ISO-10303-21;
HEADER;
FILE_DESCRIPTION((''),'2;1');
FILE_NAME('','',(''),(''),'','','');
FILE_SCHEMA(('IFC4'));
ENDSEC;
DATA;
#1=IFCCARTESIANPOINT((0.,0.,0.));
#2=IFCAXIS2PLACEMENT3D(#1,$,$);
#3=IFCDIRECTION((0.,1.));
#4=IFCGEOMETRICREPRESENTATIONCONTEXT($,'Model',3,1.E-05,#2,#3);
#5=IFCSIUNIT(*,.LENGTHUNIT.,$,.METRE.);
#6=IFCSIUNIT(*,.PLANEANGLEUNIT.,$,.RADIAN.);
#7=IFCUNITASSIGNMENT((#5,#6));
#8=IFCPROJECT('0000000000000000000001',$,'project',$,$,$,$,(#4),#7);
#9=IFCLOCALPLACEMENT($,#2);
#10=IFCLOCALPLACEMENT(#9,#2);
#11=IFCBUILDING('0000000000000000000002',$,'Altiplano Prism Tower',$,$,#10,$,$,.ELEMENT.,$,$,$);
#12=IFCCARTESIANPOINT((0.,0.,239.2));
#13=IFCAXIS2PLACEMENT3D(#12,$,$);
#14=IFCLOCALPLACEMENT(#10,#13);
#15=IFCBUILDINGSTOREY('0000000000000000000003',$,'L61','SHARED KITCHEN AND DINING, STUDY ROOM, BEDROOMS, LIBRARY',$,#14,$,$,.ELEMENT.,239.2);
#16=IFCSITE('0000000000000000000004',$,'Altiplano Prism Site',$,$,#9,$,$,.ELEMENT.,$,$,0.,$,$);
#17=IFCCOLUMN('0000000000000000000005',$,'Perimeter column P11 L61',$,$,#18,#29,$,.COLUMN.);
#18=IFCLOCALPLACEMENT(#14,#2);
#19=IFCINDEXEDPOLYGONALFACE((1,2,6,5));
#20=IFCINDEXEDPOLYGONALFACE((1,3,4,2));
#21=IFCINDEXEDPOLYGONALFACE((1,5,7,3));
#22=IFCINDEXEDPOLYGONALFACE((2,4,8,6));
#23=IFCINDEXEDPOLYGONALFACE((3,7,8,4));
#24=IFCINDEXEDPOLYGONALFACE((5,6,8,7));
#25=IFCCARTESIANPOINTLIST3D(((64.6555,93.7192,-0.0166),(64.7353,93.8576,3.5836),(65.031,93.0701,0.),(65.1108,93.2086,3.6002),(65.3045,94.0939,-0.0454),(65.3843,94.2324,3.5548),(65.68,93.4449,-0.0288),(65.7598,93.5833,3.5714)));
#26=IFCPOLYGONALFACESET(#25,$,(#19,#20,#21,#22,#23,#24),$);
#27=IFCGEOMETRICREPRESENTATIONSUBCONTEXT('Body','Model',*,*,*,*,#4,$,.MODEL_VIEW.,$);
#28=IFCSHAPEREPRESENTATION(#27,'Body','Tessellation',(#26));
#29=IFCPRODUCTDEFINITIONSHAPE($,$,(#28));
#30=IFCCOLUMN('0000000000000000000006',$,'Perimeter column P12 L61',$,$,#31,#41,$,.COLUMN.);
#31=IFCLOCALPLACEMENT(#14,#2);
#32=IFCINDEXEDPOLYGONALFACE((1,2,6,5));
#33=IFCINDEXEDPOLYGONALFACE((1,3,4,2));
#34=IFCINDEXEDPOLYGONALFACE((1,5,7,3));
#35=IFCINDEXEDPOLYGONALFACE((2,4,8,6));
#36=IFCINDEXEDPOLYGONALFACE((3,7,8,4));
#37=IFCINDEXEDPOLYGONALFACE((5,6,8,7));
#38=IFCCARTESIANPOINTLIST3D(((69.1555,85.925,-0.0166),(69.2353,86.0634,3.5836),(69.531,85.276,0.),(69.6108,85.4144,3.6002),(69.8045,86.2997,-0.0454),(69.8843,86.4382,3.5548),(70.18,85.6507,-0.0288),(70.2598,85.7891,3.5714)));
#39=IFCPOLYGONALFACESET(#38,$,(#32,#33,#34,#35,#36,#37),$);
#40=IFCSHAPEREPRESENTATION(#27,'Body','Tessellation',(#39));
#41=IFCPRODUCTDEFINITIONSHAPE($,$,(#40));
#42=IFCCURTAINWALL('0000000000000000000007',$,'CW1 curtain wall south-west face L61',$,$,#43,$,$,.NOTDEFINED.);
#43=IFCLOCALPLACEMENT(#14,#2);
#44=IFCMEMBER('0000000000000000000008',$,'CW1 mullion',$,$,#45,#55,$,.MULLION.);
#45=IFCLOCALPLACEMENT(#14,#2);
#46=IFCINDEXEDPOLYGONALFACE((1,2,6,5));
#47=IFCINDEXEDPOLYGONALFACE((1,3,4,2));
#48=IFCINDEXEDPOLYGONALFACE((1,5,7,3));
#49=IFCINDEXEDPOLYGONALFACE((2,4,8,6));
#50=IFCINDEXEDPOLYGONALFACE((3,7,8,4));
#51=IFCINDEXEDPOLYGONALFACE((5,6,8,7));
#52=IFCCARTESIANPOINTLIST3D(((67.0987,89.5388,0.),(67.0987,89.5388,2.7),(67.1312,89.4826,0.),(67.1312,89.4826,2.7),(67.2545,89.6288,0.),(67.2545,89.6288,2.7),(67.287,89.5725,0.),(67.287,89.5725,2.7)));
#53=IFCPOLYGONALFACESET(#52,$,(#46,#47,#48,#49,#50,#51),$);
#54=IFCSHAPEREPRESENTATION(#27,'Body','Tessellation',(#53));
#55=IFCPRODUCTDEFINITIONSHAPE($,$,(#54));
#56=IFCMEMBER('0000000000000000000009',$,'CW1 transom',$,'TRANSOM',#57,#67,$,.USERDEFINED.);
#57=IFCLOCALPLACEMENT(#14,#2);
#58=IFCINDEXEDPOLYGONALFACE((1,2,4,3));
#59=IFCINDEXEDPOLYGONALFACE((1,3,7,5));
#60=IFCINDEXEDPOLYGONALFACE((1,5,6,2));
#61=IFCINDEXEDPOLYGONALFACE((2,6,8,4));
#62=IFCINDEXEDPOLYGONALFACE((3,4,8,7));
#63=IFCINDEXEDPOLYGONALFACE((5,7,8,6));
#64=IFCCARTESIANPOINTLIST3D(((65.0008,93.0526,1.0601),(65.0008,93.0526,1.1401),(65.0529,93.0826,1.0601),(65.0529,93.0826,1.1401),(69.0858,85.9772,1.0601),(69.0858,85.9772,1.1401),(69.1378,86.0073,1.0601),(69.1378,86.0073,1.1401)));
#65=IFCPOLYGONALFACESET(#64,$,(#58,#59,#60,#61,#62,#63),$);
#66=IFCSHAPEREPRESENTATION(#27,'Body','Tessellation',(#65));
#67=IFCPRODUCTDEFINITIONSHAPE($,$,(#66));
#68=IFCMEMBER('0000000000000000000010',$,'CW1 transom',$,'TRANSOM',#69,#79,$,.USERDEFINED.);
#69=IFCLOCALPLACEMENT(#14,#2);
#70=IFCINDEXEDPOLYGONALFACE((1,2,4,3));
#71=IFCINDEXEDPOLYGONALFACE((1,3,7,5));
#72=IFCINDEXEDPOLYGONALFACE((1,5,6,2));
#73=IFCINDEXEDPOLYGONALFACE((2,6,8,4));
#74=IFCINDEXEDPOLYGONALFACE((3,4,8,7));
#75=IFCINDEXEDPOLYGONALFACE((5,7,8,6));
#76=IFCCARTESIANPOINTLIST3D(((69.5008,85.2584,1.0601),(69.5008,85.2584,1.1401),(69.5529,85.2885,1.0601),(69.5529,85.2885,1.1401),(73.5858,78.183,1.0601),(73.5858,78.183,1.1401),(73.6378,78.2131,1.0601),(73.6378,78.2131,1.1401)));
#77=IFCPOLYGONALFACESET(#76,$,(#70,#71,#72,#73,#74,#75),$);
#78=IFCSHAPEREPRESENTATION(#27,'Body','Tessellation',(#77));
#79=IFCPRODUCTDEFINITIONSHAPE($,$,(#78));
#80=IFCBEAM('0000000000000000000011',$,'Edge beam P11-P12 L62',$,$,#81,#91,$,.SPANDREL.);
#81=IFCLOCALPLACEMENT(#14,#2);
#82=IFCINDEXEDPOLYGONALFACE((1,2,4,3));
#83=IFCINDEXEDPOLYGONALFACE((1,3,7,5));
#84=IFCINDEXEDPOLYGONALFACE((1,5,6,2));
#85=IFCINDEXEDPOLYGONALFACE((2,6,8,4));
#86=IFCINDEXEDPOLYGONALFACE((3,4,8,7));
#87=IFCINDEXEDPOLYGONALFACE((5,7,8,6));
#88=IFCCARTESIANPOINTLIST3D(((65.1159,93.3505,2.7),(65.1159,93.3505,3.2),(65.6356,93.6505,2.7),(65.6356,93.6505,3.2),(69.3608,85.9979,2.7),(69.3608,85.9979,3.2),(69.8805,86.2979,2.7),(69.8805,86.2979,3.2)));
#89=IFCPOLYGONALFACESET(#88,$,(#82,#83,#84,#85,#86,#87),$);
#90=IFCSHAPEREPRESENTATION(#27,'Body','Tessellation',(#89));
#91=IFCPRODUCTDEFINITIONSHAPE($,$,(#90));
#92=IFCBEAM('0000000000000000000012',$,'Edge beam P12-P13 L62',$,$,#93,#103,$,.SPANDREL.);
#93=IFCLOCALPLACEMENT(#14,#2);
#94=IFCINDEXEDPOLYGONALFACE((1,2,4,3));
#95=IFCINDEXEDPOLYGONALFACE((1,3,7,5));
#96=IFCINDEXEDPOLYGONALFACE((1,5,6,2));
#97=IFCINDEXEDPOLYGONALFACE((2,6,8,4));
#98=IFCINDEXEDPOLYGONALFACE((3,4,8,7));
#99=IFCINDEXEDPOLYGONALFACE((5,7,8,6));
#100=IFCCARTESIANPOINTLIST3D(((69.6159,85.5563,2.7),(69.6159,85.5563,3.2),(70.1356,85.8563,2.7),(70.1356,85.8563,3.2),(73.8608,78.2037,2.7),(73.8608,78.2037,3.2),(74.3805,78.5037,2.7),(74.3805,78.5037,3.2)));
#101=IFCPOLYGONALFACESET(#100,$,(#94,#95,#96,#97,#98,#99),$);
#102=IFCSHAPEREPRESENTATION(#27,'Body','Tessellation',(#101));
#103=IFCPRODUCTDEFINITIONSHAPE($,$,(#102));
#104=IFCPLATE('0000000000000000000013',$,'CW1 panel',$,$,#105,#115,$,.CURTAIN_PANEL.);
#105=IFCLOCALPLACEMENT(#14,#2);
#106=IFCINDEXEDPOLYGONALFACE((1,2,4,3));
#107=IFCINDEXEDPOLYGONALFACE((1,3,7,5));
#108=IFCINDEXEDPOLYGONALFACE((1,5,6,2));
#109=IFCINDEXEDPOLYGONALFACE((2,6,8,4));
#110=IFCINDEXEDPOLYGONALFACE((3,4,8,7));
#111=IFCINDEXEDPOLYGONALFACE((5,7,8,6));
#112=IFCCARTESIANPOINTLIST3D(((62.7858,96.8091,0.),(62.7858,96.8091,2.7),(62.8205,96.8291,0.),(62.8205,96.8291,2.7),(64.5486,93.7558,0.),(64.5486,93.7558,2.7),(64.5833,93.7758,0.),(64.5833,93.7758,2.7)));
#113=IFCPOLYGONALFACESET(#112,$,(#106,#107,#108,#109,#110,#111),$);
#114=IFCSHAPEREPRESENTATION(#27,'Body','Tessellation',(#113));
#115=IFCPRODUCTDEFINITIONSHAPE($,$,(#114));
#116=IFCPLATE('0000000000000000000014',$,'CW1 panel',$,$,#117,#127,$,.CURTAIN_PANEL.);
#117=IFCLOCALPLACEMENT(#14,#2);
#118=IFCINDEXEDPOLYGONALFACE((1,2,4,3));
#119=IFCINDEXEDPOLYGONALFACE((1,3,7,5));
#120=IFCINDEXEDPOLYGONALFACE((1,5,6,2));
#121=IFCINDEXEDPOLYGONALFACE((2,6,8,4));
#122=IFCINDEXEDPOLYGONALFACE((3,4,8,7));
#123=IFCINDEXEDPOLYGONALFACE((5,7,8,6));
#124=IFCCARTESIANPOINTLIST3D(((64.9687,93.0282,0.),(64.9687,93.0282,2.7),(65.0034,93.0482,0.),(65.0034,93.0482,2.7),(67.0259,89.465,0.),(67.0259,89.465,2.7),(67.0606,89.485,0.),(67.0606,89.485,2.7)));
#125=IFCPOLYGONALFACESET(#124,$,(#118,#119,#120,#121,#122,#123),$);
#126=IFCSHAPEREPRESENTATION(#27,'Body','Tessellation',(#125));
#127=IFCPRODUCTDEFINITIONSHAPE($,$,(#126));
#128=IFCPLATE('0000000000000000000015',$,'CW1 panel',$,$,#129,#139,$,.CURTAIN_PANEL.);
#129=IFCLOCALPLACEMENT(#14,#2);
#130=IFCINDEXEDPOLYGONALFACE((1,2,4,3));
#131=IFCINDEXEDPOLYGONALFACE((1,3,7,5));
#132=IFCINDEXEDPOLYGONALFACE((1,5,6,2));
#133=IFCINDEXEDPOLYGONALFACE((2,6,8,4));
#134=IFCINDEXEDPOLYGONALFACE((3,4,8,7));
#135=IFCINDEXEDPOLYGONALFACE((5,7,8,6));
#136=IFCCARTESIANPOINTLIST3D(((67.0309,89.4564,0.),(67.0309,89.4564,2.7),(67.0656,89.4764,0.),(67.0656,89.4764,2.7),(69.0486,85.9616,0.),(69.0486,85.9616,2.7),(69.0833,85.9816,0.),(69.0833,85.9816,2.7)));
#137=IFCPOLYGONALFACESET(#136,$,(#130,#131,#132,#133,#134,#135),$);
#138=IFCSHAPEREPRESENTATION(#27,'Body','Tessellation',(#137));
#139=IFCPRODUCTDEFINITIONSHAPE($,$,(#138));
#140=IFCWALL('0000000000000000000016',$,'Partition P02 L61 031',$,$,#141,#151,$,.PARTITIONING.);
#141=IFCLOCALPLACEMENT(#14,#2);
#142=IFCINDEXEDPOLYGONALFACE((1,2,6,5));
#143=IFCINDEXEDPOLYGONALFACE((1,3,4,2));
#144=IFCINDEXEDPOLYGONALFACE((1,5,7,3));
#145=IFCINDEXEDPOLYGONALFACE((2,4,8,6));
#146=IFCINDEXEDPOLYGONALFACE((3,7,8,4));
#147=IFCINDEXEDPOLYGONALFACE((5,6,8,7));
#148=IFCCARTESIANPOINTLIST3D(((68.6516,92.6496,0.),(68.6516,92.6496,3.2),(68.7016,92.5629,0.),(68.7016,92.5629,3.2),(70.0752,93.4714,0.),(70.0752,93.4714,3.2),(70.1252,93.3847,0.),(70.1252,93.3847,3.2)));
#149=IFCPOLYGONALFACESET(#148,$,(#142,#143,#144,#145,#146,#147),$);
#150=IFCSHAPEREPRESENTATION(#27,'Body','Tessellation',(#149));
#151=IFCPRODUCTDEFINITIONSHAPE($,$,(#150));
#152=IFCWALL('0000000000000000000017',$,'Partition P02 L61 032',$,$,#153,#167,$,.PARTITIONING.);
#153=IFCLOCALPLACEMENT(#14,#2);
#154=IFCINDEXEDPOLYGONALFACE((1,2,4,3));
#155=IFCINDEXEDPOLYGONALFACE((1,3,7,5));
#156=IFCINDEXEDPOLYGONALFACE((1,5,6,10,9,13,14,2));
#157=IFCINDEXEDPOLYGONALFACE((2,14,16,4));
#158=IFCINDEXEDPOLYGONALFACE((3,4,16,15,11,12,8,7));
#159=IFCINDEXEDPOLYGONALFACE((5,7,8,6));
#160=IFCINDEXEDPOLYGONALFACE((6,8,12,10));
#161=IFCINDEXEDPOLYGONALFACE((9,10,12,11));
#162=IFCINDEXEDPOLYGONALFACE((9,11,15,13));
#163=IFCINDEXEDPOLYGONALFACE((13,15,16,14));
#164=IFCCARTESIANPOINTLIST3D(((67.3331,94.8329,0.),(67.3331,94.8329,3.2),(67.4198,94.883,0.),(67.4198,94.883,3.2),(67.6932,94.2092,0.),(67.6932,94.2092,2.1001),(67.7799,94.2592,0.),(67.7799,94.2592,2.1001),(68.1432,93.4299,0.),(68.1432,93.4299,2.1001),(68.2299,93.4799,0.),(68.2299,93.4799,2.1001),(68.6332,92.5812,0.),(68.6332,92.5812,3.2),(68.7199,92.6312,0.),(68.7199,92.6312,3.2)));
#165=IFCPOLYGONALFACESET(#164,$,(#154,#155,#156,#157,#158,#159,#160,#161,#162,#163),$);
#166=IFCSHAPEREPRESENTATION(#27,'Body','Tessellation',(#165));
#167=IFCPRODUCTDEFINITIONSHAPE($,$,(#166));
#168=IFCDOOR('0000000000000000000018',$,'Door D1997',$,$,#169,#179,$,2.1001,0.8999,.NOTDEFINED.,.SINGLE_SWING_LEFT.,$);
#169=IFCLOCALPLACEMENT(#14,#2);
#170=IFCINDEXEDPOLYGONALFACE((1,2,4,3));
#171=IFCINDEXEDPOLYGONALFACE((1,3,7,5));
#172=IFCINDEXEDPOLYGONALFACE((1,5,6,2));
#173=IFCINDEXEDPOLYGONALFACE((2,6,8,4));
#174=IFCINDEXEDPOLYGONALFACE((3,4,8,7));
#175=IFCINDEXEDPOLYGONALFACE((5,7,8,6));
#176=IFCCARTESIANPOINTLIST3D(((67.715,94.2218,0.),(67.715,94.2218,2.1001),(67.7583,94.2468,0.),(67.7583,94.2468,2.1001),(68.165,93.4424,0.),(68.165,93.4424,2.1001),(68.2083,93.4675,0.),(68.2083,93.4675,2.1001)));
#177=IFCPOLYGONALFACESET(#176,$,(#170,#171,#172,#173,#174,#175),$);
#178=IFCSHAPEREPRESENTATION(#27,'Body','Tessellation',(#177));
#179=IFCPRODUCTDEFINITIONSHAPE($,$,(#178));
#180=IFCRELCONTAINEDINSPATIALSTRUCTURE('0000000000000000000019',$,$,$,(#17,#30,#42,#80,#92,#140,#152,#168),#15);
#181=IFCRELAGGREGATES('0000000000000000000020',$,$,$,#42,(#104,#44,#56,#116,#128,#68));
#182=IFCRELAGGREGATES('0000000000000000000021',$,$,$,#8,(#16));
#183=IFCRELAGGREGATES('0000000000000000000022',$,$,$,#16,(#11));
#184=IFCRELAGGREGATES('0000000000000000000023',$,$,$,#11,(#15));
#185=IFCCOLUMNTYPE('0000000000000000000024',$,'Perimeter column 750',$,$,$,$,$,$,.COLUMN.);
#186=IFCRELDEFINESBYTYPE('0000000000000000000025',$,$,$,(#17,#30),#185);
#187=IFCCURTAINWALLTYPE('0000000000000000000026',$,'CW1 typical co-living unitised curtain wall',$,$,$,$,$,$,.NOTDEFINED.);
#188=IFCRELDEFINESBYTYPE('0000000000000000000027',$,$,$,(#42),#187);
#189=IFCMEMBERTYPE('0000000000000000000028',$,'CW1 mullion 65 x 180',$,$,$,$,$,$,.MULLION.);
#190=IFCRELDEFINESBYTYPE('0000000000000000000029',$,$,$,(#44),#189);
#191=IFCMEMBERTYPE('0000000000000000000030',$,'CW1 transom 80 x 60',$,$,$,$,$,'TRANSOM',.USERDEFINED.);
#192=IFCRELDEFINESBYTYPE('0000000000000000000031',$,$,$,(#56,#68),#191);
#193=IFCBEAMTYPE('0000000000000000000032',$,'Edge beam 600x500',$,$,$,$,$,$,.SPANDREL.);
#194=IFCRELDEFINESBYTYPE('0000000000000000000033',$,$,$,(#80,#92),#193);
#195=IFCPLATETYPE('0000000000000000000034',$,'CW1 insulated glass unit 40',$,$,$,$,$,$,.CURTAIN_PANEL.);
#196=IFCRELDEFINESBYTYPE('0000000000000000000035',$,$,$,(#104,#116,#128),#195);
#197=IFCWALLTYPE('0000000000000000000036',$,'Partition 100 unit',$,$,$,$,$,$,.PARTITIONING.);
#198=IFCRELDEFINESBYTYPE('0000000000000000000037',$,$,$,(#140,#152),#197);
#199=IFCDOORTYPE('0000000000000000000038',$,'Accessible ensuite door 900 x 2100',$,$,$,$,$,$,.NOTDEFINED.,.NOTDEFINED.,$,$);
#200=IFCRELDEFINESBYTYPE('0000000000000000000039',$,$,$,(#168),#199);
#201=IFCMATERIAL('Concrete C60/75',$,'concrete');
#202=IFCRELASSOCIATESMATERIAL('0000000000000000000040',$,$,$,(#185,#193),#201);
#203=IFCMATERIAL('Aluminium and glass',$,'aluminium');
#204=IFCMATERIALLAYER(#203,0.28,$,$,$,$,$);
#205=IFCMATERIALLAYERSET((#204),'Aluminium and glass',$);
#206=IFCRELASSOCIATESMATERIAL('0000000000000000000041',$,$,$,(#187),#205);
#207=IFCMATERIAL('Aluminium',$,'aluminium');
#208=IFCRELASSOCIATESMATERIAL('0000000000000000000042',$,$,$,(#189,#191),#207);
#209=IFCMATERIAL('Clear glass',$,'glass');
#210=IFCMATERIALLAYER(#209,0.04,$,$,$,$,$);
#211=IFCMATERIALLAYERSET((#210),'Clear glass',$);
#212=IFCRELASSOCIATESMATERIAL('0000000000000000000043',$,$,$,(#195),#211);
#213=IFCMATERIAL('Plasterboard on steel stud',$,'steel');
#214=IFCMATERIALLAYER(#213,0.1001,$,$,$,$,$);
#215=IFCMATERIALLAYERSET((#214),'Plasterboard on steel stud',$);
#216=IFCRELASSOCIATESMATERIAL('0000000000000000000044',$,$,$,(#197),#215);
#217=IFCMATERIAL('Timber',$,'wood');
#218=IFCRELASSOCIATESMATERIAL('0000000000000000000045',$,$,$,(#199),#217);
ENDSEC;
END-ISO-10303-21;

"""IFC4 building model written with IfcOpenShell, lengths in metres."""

from ifc_helpers import new_model, si_unit, direction, frame, frame_2d, origin, origin_2d, place, context, subcontext, project, spatial, rectangle, extrude, material, layer, layer_set, material_profile, profile_set, type_object, element, fill, aggregate, save


model = new_model("IFC4")

# Units and contexts
model_context = context("Model", 3, precision=1e-05, world=origin(), true_north=direction((0.0, 1.0)))
body_context = subcontext(model_context, "Body", "Model", "MODEL_VIEW")
ifc_project = project(units=[si_unit("LENGTHUNIT", "METRE"), si_unit("PLANEANGLEUNIT", "RADIAN")], contexts=[model_context])

# Site, building, storey
site_placement = place(None, origin())
site = spatial("IfcSite", under=ifc_project, at=site_placement, Name="Altiplano Prism Site", CompositionType="ELEMENT", RefElevation=0.0)
building_placement = place(site_placement, origin())
building = spatial("IfcBuilding", under=site, at=building_placement, Name="Altiplano Prism Tower", CompositionType="ELEMENT")
storey_placement = place(building_placement, frame((0.0, 0.0, 239.2)))
storey = spatial("IfcBuildingStorey", under=building, at=storey_placement, Name="L61", Description="SHARED KITCHEN AND DINING, STUDY ROOM, BEDROOMS, LIBRARY", CompositionType="ELEMENT", Elevation=239.2)

# Columns
ifc_material_1 = material(Name="Concrete C60/75", Category="concrete")
ifc_material_profile_1 = material_profile(ifc_material_1, rectangle(XDim=0.75, YDim=0.75, at=origin_2d()), Name="Perimeter column 750")
ifc_profile_set_1 = profile_set([ifc_material_profile_1], Name="Concrete C60/75")
column_type = type_object("IfcColumnType", Name="Perimeter column 750", PredefinedType="COLUMN", material=ifc_profile_set_1)
for number, where, z_axis, x_axis, name in (
    (1, (65.1677, 93.582, -0.0227), (0.022154, 0.038413, 0.999016), (-0.865366, -0.499666, 0.038403), "Perimeter column P11 L61"),
    (2, (69.6677, 85.7878, -0.0227), (0.022154, 0.038413, 0.999016), (-0.865366, -0.499666, 0.038403), "Perimeter column P12 L61"),
):
    element("IfcColumn", number, at=place(storey_placement, frame(where, z_axis=z_axis, x_axis=x_axis)), inside=storey, type_object=column_type, Name=name, PredefinedType="COLUMN", context=body_context, shape_type="SweptSolid", body=[
        extrude(rectangle(XDim=0.75, YDim=0.75, at=origin_2d()), origin(), (0.0, 0.0, 1.0), 3.6038),
    ])

# Curtain wall, members
ifc_material_2 = material(Name="Aluminium and glass", Category="aluminium")
ifc_layer_1 = layer(ifc_material_2, 0.28)
ifc_layer_set_1 = layer_set([ifc_layer_1], Name="Aluminium and glass")
curtain_wall_type = type_object("IfcCurtainWallType", Name="CW1 typical co-living unitised curtain wall", PredefinedType="NOTDEFINED", material=ifc_layer_set_1)
curtain_wall_placement = place(storey_placement, origin())
curtain_wall = element("IfcCurtainWall", 3, at=curtain_wall_placement, inside=storey, type_object=curtain_wall_type, Name="CW1 curtain wall south-west face L61", PredefinedType="NOTDEFINED")
ifc_material_3 = material(Name="Aluminium", Category="aluminium")
ifc_material_profile_2 = material_profile(ifc_material_3, rectangle(XDim=0.1799, YDim=0.0649, at=origin_2d()), Name="CW1 mullion 65 x 180")
ifc_profile_set_2 = profile_set([ifc_material_profile_2], Name="Aluminium")
member_type_1 = type_object("IfcMemberType", Name="CW1 mullion 65 x 180", PredefinedType="MULLION", material=ifc_profile_set_2)
member_1_placement = place(storey_placement, frame((67.1929, 89.5557, 0.0), z_axis=(0.0, 0.0, 1.0), x_axis=(0.866025, 0.5, 0.0)))
member_1 = element("IfcMember", 4, at=member_1_placement, type_object=member_type_1, Name="CW1 mullion", PredefinedType="MULLION", context=body_context, shape_type="SweptSolid", body=[
    extrude(rectangle(XDim=0.1799, YDim=0.0649, at=origin_2d()), origin(), (0.0, 0.0, 1.0), 2.7),
])
ifc_material_profile_3 = material_profile(ifc_material_3, rectangle(XDim=0.0601, YDim=0.0801, at=origin_2d()), Name="CW1 transom 80 x 60")
ifc_profile_set_3 = profile_set([ifc_material_profile_3], Name="Aluminium")
member_type_2 = type_object("IfcMemberType", Name="CW1 transom 80 x 60", ElementType="TRANSOM", PredefinedType="USERDEFINED", material=ifc_profile_set_3)
member_2_placement = place(storey_placement, frame((65.0269, 93.0676, 1.1001), z_axis=(0.499996, -0.866028, 0.0), x_axis=(0.866028, 0.499996, 0.0)))
member_2 = element("IfcMember", 5, at=member_2_placement, type_object=member_type_2, Name="CW1 transom", ObjectType="TRANSOM", PredefinedType="USERDEFINED", context=body_context, shape_type="SweptSolid", body=[
    extrude(rectangle(XDim=0.0601, YDim=0.0801, at=origin_2d()), origin(), (0.0, 0.0, 1.0), 8.1699),
])
member_3_placement = place(storey_placement, frame((69.5269, 85.2734, 1.1001), z_axis=(0.499996, -0.866028, 0.0), x_axis=(0.866028, 0.499996, 0.0)))
member_3 = element("IfcMember", 6, at=member_3_placement, type_object=member_type_2, Name="CW1 transom", ObjectType="TRANSOM", PredefinedType="USERDEFINED", context=body_context, shape_type="SweptSolid", body=[
    extrude(rectangle(XDim=0.0601, YDim=0.0801, at=origin_2d()), origin(), (0.0, 0.0, 1.0), 8.1699),
])

# Beams
ifc_material_profile_4 = material_profile(ifc_material_1, rectangle(XDim=0.6001, YDim=0.5, at=origin_2d()), Name="Edge beam 600x500")
ifc_profile_set_4 = profile_set([ifc_material_profile_4], Name="Concrete C60/75")
beam_type = type_object("IfcBeamType", Name="Edge beam 600x500", PredefinedType="SPANDREL", material=ifc_profile_set_4)
for number, where, z_axis, x_axis, name in (
    (7, (65.3757, 93.5005, 2.95), (0.49999, -0.866031, 0.0), (0.866031, 0.49999, 0.0), "Edge beam P11-P12 L62"),
    (8, (69.8757, 85.7063, 2.95), (0.49999, -0.866031, 0.0), (0.866031, 0.49999, 0.0), "Edge beam P12-P13 L62"),
):
    element("IfcBeam", number, at=place(storey_placement, frame(where, z_axis=z_axis, x_axis=x_axis)), inside=storey, type_object=beam_type, Name=name, PredefinedType="SPANDREL", context=body_context, shape_type="SweptSolid", body=[
        extrude(rectangle(XDim=0.6001, YDim=0.5, at=origin_2d()), origin(), (0.0, 0.0, 1.0), 8.49),
    ])

# Plates
ifc_material_4 = material(Name="Clear glass", Category="glass")
ifc_layer_2 = layer(ifc_material_4, 0.04)
ifc_layer_set_2 = layer_set([ifc_layer_2], Name="Clear glass")
plate_type = type_object("IfcPlateType", Name="CW1 insulated glass unit 40", PredefinedType="CURTAIN_PANEL", material=ifc_layer_set_2)
plate_1_placement = place(storey_placement, frame((63.6846, 95.2925, 0.0), z_axis=(0.0, 0.0, 1.0), x_axis=(0.5, -0.866025, 0.0)))
plate_1 = element("IfcPlate", 9, at=plate_1_placement, type_object=plate_type, Name="CW1 panel", PredefinedType="CURTAIN_PANEL", context=body_context, shape_type="SweptSolid", body=[
    extrude(rectangle(XDim=3.5256, YDim=0.04, at=origin_2d()), origin(), (0.0, 0.0, 1.0), 2.7),
])
plate_2_placement = place(storey_placement, frame((66.0146, 91.2566, 0.0), z_axis=(0.0, 0.0, 1.0), x_axis=(0.5, -0.866025, 0.0)))
plate_2 = element("IfcPlate", 10, at=plate_2_placement, type_object=plate_type, Name="CW1 panel", PredefinedType="CURTAIN_PANEL", context=body_context, shape_type="SweptSolid", body=[
    extrude(rectangle(XDim=4.1145, YDim=0.04, at=origin_2d()), origin(), (0.0, 0.0, 1.0), 2.7),
])
plate_3_placement = place(storey_placement, frame((68.0571, 87.719, 0.0), z_axis=(0.0, 0.0, 1.0), x_axis=(0.5, -0.866025, 0.0)))
plate_3 = element("IfcPlate", 11, at=plate_3_placement, type_object=plate_type, Name="CW1 panel", PredefinedType="CURTAIN_PANEL", context=body_context, shape_type="SweptSolid", body=[
    extrude(rectangle(XDim=4.0354, YDim=0.04, at=origin_2d()), origin(), (0.0, 0.0, 1.0), 2.7),
])
aggregate(curtain_wall, [plate_1, member_1, member_2, plate_2, plate_3, member_3])

# Wall
ifc_material_5 = material(Name="Plasterboard on steel stud", Category="steel")
ifc_layer_3 = layer(ifc_material_5, 0.1001)
ifc_layer_set_3 = layer_set([ifc_layer_3], Name="Plasterboard on steel stud")
wall_type_1 = type_object("IfcWallType", Name="Partition 100 unit", PredefinedType="PARTITIONING", material=ifc_layer_set_3)
wall_1_placement = place(storey_placement, frame((70.1001, 93.428, 0.0), z_axis=(0.0, 0.0, 1.0), x_axis=(-0.866059, -0.499941, 0.0)))
element("IfcWall", 12, at=wall_1_placement, inside=storey, type_object=wall_type_1, Name="Partition P02 L61 031", PredefinedType="PARTITIONING", context=body_context, shape_type="SweptSolid", body=[
    extrude(rectangle(XDim=1.6438, YDim=0.1001, at=frame_2d((0.8218, 0.0))), origin(), (0.0, 0.0, 1.0), 3.2),
])

# Wall, opening, door
wall_2_placement = place(storey_placement, frame((68.6765, 92.6062, 0.0), z_axis=(0.0, 0.0, 1.0), x_axis=(-0.500007, 0.866021, 0.0)))
wall_2 = element("IfcWall", 13, at=wall_2_placement, inside=storey, type_object=wall_type_1, Name="Partition P02 L61 032", PredefinedType="PARTITIONING", context=body_context, shape_type="SweptSolid", body=[
    extrude(rectangle(XDim=2.6001, YDim=0.1001, at=frame_2d((1.3, 0.0))), origin(), (0.0, 0.0, 1.0), 3.2),
])
opening_placement = place(wall_2_placement, frame((0.98, 0.0, 0.0)))
opening = element("IfcOpeningElement", 14, at=opening_placement, cuts=wall_2, PredefinedType="OPENING", context=body_context, shape_type="SweptSolid", body=[
    extrude(rectangle(XDim=0.8999, YDim=2.1001, at=frame_2d((0.45, 1.05))), frame((0.0, 0.0605, 0.0), z_axis=(0.0, -1.0, 0.0), x_axis=(1.0, 0.0, 0.0)), (0.0, 0.0, 1.0), 0.1211),
])
ifc_material_6 = material(Name="Timber", Category="wood")
door_type = type_object("IfcDoorType", Name="Accessible ensuite door 900 x 2100", OperationType="NOTDEFINED", PredefinedType="NOTDEFINED", material=ifc_material_6)
door_placement = place(opening_placement, origin())
door = element("IfcDoor", 15, at=door_placement, inside=storey, type_object=door_type, Name="Door D1997", OperationType="SINGLE_SWING_LEFT", OverallHeight=2.1001, OverallWidth=0.8999, PredefinedType="NOTDEFINED", context=body_context, shape_type="SweptSolid", body=[
    extrude(rectangle(XDim=0.8999, YDim=2.1001, at=frame_2d((0.45, 1.05))), frame((0.0, 0.0249, 0.0), z_axis=(0.0, -1.0, 0.0), x_axis=(1.0, 0.0, 0.0)), (0.0, 0.0, 1.0), 0.05),
])
fill(opening, door)

save(model, "model.ifc")
